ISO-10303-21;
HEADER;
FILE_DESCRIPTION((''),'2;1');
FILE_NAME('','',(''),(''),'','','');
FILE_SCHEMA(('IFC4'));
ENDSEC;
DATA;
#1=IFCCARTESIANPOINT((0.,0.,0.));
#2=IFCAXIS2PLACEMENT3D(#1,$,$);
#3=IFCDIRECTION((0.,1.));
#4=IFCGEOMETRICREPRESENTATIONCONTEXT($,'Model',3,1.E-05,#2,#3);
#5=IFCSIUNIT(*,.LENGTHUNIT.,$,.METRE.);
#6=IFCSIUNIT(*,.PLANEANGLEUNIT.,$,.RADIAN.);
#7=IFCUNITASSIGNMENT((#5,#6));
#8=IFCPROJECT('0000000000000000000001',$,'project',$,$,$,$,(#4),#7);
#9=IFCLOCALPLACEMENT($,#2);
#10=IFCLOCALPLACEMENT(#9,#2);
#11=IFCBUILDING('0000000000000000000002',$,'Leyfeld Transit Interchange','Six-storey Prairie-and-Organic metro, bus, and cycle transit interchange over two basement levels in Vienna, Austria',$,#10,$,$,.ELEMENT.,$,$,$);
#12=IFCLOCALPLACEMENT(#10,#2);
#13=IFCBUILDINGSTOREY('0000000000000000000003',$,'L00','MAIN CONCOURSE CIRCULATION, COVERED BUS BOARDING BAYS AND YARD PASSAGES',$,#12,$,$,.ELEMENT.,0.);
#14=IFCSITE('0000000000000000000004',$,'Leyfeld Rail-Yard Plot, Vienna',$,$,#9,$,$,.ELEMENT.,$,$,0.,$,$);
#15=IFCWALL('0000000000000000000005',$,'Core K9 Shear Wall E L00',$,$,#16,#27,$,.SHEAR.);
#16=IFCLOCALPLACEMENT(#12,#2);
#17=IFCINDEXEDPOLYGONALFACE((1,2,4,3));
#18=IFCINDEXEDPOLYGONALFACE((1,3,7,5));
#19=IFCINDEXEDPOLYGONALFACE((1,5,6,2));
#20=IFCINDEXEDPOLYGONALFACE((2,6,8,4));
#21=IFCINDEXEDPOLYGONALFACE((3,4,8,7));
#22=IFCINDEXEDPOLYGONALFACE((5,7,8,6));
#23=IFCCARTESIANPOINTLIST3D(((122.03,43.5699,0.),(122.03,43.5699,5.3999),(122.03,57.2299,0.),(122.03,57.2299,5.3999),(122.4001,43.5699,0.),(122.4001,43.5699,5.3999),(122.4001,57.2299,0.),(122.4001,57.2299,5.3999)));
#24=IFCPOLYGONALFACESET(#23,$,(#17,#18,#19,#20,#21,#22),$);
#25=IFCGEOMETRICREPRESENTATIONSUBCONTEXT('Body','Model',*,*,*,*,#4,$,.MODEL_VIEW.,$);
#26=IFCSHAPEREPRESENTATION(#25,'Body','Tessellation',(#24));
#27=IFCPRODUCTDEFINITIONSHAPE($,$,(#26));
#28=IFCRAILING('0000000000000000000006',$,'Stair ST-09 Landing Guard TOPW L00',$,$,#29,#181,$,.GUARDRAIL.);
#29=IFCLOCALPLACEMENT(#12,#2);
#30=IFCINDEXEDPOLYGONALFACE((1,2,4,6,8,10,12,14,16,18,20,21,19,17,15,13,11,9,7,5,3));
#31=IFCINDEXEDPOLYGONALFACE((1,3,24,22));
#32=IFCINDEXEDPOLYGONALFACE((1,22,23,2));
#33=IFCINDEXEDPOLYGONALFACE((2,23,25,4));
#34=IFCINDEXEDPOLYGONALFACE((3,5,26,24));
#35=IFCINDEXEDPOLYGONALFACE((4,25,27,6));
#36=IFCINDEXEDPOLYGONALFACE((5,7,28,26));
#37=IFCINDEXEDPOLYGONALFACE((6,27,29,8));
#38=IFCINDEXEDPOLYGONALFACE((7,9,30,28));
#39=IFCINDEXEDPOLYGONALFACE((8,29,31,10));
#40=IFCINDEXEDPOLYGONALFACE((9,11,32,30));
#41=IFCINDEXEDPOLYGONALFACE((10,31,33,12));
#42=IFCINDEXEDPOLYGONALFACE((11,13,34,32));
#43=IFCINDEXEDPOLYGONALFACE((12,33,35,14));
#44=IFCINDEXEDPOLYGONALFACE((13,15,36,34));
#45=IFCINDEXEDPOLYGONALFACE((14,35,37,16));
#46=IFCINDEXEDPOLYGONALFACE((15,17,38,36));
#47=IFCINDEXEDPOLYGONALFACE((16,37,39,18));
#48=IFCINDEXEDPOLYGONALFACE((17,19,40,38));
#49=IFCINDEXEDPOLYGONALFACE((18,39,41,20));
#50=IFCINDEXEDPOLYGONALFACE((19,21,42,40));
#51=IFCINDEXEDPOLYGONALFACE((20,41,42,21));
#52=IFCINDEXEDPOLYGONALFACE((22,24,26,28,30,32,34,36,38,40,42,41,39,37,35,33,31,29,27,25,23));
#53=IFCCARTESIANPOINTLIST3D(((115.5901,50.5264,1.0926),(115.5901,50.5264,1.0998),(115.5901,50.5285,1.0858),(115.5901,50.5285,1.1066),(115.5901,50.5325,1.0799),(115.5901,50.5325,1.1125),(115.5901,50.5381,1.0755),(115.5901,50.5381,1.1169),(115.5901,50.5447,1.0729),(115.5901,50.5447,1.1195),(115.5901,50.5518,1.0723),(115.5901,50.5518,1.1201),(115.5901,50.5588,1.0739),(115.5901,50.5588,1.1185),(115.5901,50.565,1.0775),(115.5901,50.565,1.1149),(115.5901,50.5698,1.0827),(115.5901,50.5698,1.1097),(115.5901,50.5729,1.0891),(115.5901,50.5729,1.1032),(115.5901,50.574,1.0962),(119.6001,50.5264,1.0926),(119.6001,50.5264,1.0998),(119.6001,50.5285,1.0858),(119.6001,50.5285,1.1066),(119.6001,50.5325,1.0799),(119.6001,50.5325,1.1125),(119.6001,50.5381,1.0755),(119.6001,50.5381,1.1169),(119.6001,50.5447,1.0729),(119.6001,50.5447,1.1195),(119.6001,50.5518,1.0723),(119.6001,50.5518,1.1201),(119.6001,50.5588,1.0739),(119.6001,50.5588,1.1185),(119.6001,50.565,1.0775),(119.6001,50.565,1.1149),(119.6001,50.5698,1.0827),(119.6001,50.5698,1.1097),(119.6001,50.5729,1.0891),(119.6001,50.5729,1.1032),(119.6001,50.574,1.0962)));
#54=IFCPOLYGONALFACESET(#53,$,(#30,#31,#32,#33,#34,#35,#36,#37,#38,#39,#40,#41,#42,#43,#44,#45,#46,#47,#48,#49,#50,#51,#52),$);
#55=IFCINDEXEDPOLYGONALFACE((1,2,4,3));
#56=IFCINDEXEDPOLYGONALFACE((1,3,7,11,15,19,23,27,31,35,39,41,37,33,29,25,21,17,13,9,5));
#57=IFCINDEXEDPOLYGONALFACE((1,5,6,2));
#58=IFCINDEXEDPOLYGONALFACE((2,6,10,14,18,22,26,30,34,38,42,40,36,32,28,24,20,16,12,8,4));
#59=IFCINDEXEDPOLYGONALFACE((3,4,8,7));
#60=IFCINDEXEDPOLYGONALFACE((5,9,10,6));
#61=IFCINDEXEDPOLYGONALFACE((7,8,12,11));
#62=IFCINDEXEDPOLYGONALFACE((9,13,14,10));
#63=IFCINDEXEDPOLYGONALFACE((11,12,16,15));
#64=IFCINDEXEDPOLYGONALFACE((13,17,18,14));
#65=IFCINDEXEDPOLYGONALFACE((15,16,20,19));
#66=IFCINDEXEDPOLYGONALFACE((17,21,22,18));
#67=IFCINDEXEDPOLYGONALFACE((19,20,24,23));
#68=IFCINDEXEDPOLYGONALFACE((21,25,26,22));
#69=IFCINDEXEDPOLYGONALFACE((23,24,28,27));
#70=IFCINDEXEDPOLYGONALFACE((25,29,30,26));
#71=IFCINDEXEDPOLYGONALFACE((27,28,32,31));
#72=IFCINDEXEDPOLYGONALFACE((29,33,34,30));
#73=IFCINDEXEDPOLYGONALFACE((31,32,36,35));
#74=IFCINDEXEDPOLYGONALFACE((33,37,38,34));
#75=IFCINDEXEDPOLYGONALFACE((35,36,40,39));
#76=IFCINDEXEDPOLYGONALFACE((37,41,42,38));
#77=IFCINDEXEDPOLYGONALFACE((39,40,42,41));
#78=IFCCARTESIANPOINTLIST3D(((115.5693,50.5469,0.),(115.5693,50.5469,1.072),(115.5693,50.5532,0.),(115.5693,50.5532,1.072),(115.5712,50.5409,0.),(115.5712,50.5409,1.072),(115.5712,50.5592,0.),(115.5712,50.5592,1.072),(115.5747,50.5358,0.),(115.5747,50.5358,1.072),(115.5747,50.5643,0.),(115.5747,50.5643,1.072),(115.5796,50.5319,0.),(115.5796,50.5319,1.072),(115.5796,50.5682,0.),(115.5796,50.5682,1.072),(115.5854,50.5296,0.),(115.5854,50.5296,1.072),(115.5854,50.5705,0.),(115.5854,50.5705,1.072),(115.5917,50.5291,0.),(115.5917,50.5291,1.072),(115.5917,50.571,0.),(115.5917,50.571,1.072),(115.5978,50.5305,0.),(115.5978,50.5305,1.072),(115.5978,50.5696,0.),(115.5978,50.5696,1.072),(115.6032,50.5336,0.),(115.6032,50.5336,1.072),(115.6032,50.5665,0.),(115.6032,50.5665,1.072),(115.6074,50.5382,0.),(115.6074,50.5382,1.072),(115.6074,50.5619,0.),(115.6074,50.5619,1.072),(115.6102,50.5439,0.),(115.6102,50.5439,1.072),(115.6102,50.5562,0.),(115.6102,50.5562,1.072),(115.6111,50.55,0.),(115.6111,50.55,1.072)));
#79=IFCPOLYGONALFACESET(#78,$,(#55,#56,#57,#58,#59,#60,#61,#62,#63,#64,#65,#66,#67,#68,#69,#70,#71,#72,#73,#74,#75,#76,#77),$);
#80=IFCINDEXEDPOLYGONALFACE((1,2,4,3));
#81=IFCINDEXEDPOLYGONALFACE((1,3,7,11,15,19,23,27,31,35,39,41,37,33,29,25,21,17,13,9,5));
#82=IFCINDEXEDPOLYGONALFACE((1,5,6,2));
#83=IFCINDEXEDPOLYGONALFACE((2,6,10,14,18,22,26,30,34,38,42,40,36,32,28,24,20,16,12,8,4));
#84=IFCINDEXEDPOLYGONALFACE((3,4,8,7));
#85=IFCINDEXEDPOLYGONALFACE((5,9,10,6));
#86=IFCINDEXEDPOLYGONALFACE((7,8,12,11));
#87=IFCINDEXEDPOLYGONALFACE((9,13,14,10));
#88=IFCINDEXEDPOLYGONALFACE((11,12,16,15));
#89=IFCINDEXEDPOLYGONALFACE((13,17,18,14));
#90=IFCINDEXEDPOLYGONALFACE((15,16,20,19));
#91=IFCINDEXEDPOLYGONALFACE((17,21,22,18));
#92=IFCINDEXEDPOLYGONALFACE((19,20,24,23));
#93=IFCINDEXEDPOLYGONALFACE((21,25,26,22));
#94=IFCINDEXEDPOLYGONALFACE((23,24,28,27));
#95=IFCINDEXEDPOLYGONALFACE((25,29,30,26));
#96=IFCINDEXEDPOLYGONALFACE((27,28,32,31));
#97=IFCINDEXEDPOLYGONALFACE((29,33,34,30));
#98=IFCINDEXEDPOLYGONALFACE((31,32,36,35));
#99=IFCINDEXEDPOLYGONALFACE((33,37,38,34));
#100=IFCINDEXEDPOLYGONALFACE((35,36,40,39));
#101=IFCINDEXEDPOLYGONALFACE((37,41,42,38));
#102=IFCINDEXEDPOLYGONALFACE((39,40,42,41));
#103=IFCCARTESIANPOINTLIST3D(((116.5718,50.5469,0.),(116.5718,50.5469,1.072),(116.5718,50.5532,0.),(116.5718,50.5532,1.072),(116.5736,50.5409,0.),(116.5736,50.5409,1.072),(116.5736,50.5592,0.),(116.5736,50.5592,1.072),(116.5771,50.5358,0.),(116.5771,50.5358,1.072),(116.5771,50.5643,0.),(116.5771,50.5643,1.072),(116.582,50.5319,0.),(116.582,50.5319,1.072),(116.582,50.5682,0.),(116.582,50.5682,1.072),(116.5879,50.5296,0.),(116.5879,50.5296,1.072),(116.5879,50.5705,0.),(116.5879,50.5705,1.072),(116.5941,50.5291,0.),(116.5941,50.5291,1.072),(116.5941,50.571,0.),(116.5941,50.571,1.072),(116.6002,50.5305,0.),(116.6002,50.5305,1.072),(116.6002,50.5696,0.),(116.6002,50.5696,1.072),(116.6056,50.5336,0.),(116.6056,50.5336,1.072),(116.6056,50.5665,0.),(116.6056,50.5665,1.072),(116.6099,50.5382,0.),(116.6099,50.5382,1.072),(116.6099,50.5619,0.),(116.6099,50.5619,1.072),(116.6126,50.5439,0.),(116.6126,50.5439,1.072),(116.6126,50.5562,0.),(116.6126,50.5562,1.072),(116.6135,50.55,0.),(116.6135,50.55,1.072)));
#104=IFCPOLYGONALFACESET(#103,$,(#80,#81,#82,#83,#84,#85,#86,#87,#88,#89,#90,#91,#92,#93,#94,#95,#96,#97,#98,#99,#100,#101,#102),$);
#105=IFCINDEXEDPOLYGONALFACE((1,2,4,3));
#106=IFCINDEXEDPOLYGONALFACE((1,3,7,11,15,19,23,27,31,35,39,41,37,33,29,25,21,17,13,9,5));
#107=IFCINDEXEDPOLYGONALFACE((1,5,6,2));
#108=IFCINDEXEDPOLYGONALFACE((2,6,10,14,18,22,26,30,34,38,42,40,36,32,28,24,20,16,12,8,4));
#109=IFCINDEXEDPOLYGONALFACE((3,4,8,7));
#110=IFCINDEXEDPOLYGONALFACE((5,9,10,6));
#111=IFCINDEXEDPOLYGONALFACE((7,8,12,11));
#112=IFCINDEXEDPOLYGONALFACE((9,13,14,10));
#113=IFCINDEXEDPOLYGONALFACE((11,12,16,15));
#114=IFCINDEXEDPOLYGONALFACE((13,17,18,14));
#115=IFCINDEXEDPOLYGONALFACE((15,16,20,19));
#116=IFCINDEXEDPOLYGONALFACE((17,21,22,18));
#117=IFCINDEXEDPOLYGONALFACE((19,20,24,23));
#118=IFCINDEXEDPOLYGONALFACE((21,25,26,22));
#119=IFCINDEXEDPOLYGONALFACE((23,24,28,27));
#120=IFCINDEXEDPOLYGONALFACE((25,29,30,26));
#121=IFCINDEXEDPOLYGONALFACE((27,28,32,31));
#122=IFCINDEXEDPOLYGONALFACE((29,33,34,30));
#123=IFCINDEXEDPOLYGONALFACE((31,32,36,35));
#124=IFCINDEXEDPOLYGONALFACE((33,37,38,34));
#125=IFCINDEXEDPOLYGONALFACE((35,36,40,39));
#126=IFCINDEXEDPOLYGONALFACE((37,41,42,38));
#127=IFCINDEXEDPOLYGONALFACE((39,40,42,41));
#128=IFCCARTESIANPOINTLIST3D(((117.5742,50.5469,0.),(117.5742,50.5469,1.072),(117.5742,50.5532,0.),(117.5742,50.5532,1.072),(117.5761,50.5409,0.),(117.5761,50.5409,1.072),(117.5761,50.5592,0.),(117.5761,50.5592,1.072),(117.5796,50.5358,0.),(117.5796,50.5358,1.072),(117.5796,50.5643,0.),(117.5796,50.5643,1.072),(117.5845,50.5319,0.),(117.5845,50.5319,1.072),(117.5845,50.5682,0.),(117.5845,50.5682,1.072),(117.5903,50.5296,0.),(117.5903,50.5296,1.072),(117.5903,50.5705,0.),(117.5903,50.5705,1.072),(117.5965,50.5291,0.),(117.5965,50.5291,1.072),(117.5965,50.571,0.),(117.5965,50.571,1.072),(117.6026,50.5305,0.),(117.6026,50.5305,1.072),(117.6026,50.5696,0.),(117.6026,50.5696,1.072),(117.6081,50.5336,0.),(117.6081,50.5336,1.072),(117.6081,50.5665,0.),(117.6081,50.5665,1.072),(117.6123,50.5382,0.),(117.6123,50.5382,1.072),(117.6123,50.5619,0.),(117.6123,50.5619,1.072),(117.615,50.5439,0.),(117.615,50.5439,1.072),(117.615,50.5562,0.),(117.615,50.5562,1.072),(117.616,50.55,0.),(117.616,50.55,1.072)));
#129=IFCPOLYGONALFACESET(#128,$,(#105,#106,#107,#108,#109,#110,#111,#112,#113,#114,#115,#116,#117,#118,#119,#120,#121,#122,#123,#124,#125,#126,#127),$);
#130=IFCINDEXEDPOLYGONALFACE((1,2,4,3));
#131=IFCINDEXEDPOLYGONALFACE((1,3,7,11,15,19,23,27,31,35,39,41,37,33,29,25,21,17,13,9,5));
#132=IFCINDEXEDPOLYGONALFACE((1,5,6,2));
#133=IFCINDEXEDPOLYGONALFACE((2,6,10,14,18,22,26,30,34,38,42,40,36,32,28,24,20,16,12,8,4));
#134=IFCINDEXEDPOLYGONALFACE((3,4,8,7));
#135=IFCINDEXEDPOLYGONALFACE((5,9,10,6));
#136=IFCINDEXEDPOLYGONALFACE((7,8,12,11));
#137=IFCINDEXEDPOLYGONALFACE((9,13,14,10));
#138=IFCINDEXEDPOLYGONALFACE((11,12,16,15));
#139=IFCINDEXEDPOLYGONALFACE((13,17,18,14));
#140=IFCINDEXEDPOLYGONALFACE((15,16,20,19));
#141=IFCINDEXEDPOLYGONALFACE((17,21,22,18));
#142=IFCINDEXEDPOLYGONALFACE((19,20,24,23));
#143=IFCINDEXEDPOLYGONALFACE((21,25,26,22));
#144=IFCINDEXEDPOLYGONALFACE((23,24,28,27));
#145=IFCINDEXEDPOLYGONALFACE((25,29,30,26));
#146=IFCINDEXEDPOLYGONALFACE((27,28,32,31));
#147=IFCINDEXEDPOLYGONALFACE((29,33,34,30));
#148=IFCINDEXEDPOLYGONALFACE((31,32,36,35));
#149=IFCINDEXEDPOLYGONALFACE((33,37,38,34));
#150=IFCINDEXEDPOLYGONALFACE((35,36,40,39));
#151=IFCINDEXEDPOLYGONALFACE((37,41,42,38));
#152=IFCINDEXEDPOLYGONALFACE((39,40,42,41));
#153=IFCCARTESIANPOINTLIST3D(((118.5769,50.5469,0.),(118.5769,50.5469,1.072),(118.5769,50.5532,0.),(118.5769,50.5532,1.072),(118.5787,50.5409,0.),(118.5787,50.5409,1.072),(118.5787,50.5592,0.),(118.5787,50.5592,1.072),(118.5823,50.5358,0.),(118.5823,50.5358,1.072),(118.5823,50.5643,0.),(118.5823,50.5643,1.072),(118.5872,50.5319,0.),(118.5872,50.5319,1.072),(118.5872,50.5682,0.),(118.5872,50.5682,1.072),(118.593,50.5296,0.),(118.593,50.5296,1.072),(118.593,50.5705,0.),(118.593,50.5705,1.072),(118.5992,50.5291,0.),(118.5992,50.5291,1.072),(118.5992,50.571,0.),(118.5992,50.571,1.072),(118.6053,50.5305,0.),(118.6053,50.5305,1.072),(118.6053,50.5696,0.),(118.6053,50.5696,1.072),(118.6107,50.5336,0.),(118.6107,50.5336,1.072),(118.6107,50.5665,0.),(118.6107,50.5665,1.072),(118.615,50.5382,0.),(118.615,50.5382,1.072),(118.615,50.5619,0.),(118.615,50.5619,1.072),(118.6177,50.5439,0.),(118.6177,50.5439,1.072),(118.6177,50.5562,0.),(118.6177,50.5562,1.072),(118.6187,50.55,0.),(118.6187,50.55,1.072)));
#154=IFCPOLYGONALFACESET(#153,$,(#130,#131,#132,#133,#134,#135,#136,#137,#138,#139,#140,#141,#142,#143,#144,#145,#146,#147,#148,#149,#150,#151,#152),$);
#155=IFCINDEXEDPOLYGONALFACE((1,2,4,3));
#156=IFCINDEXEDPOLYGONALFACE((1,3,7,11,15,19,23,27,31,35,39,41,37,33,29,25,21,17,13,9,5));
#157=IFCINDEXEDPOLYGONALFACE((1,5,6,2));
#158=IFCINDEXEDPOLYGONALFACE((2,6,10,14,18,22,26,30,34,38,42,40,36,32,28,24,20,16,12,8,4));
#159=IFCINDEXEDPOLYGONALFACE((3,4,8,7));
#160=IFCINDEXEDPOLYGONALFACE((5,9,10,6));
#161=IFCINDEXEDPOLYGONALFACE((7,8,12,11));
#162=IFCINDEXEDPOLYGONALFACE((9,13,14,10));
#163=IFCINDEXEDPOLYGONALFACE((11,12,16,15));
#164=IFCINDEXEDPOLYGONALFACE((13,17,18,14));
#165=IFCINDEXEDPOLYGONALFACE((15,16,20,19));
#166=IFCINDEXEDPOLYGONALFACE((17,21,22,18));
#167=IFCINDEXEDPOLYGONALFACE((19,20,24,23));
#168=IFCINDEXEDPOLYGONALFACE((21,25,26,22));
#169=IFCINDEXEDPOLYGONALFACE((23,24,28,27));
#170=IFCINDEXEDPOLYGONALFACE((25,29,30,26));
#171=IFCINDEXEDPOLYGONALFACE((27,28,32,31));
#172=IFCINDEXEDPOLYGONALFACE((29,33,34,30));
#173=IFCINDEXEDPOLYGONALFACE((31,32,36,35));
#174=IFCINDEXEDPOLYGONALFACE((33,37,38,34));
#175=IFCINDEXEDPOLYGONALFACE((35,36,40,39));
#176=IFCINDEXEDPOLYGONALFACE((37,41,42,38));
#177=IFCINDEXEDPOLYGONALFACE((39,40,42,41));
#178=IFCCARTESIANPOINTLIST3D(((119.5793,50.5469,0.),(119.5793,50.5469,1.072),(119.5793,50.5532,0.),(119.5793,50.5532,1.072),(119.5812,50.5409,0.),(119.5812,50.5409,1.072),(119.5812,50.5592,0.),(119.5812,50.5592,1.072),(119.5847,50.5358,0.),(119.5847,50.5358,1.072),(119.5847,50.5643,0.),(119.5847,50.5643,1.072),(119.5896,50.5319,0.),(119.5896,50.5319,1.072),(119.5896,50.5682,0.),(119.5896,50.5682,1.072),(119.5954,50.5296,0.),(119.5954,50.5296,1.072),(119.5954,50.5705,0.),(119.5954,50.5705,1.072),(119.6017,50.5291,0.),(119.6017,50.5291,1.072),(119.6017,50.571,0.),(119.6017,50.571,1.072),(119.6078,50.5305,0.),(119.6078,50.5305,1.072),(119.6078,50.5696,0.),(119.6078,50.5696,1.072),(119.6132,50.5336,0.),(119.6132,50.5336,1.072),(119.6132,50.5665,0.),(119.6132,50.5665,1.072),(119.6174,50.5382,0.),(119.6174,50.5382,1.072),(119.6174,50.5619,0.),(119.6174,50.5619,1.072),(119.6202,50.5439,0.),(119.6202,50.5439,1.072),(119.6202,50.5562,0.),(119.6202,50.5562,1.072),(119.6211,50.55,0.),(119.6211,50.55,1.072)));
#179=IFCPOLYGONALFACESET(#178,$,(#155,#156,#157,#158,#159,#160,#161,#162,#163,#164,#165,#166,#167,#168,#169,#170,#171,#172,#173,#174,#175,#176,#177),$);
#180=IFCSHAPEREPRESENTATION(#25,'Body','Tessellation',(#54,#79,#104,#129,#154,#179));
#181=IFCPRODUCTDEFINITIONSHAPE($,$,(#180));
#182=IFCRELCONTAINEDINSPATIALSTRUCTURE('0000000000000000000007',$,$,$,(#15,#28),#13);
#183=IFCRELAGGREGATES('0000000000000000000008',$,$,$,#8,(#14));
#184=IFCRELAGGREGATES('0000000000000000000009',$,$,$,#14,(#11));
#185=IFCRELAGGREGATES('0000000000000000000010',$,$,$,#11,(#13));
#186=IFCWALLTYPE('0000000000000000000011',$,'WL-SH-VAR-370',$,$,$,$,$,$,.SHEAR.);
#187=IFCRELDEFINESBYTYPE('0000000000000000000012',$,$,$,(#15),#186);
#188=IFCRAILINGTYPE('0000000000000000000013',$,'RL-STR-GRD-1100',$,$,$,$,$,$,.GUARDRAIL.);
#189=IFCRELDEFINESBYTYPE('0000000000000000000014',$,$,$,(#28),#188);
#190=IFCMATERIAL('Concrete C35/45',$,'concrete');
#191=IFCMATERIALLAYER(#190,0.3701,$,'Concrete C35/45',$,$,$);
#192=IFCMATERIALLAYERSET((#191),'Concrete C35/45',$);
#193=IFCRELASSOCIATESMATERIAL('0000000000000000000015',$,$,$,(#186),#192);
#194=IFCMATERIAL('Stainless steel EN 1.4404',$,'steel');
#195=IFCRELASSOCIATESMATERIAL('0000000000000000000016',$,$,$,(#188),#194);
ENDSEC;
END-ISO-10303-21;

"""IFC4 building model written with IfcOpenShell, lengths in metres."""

from ifc_helpers import new_model, si_unit, direction, frame, frame_2d, origin, origin_2d, place, context, subcontext, project, spatial, rectangle, circle, extrude, material, layer, layer_set, type_object, element, save


model = new_model("IFC4")

# Units and contexts
model_context = context("Model", 3, precision=1e-05, world=origin(), true_north=direction((0.0, 1.0)))
body_context = subcontext(model_context, "Body", "Model", "MODEL_VIEW")
ifc_project = project(units=[si_unit("LENGTHUNIT", "METRE"), si_unit("PLANEANGLEUNIT", "RADIAN")], contexts=[model_context])

# Site, building, storey
site_placement = place(None, origin())
site = spatial("IfcSite", under=ifc_project, at=site_placement, Name="Leyfeld Rail-Yard Plot, Vienna", CompositionType="ELEMENT", RefElevation=0.0)
building_placement = place(site_placement, origin())
building = spatial("IfcBuilding", under=site, at=building_placement, Name="Leyfeld Transit Interchange", Description="Six-storey Prairie-and-Organic metro, bus, and cycle transit interchange over two basement levels in Vienna, Austria", CompositionType="ELEMENT")
storey_placement = place(building_placement, origin())
storey = spatial("IfcBuildingStorey", under=building, at=storey_placement, Name="L00", Description="MAIN CONCOURSE CIRCULATION, COVERED BUS BOARDING BAYS AND YARD PASSAGES", CompositionType="ELEMENT", Elevation=0.0)

# Shared definitions
ifc_material_1 = material(Name="Concrete C35/45", Category="concrete")

# Wall
ifc_layer_1 = layer(ifc_material_1, 0.3701, Name="Concrete C35/45")
ifc_layer_set_1 = layer_set([ifc_layer_1], Name="Concrete C35/45")
wall_type_1 = type_object("IfcWallType", Name="WL-SH-VAR-370", PredefinedType="SHEAR", material=ifc_layer_set_1)
wall_1_placement = place(storey_placement, frame((122.2151, 57.23, 0.0), z_axis=(0.0, 0.0, 1.0), x_axis=(0.0, -1.0, 0.0)))
element("IfcWall", 1, at=wall_1_placement, inside=storey, type_object=wall_type_1, Name="Core K9 Shear Wall E L00", PredefinedType="SHEAR", context=body_context, shape_type="SweptSolid", body=[
    extrude(rectangle(XDim=13.6599, YDim=0.3701, at=frame_2d((6.8301, 0.0))), origin(), (0.0, 0.0, 1.0), 5.3999),
])

# Railing
ifc_material_2 = material(Name="Stainless steel EN 1.4404", Category="steel")
railing_type = type_object("IfcRailingType", Name="RL-STR-GRD-1100", PredefinedType="GUARDRAIL", material=ifc_material_2)
railing_1_placement = place(storey_placement, frame((115.5901, 50.55, 0.0)))
element("IfcRailing", 2, at=railing_1_placement, inside=storey, type_object=railing_type, Name="Stair ST-09 Landing Guard TOPW L00", PredefinedType="GUARDRAIL", context=body_context, shape_type="SweptSolid", body=[
    extrude(circle(Radius=0.0239, at=origin_2d()), frame((0.0, 0.0, 1.0962), z_axis=(1.0, 0.0, 0.0), x_axis=(0.0, 1.0, 0.0)), (0.0, 0.0, 1.0), 4.01),
    extrude(circle(Radius=0.021, at=origin_2d()), origin(), (0.0, 0.0, 1.0), 1.072),
    extrude(circle(Radius=0.021, at=origin_2d()), frame((1.0024, 0.0, 0.0)), (0.0, 0.0, 1.0), 1.072),
    extrude(circle(Radius=0.021, at=origin_2d()), frame((2.0049, 0.0, 0.0)), (0.0, 0.0, 1.0), 1.072),
    extrude(circle(Radius=0.021, at=origin_2d()), frame((3.0076, 0.0, 0.0)), (0.0, 0.0, 1.0), 1.072),
    extrude(circle(Radius=0.021, at=origin_2d()), frame((4.01, 0.0, 0.0)), (0.0, 0.0, 1.0), 1.072),
])

save(model, "model.ifc")
